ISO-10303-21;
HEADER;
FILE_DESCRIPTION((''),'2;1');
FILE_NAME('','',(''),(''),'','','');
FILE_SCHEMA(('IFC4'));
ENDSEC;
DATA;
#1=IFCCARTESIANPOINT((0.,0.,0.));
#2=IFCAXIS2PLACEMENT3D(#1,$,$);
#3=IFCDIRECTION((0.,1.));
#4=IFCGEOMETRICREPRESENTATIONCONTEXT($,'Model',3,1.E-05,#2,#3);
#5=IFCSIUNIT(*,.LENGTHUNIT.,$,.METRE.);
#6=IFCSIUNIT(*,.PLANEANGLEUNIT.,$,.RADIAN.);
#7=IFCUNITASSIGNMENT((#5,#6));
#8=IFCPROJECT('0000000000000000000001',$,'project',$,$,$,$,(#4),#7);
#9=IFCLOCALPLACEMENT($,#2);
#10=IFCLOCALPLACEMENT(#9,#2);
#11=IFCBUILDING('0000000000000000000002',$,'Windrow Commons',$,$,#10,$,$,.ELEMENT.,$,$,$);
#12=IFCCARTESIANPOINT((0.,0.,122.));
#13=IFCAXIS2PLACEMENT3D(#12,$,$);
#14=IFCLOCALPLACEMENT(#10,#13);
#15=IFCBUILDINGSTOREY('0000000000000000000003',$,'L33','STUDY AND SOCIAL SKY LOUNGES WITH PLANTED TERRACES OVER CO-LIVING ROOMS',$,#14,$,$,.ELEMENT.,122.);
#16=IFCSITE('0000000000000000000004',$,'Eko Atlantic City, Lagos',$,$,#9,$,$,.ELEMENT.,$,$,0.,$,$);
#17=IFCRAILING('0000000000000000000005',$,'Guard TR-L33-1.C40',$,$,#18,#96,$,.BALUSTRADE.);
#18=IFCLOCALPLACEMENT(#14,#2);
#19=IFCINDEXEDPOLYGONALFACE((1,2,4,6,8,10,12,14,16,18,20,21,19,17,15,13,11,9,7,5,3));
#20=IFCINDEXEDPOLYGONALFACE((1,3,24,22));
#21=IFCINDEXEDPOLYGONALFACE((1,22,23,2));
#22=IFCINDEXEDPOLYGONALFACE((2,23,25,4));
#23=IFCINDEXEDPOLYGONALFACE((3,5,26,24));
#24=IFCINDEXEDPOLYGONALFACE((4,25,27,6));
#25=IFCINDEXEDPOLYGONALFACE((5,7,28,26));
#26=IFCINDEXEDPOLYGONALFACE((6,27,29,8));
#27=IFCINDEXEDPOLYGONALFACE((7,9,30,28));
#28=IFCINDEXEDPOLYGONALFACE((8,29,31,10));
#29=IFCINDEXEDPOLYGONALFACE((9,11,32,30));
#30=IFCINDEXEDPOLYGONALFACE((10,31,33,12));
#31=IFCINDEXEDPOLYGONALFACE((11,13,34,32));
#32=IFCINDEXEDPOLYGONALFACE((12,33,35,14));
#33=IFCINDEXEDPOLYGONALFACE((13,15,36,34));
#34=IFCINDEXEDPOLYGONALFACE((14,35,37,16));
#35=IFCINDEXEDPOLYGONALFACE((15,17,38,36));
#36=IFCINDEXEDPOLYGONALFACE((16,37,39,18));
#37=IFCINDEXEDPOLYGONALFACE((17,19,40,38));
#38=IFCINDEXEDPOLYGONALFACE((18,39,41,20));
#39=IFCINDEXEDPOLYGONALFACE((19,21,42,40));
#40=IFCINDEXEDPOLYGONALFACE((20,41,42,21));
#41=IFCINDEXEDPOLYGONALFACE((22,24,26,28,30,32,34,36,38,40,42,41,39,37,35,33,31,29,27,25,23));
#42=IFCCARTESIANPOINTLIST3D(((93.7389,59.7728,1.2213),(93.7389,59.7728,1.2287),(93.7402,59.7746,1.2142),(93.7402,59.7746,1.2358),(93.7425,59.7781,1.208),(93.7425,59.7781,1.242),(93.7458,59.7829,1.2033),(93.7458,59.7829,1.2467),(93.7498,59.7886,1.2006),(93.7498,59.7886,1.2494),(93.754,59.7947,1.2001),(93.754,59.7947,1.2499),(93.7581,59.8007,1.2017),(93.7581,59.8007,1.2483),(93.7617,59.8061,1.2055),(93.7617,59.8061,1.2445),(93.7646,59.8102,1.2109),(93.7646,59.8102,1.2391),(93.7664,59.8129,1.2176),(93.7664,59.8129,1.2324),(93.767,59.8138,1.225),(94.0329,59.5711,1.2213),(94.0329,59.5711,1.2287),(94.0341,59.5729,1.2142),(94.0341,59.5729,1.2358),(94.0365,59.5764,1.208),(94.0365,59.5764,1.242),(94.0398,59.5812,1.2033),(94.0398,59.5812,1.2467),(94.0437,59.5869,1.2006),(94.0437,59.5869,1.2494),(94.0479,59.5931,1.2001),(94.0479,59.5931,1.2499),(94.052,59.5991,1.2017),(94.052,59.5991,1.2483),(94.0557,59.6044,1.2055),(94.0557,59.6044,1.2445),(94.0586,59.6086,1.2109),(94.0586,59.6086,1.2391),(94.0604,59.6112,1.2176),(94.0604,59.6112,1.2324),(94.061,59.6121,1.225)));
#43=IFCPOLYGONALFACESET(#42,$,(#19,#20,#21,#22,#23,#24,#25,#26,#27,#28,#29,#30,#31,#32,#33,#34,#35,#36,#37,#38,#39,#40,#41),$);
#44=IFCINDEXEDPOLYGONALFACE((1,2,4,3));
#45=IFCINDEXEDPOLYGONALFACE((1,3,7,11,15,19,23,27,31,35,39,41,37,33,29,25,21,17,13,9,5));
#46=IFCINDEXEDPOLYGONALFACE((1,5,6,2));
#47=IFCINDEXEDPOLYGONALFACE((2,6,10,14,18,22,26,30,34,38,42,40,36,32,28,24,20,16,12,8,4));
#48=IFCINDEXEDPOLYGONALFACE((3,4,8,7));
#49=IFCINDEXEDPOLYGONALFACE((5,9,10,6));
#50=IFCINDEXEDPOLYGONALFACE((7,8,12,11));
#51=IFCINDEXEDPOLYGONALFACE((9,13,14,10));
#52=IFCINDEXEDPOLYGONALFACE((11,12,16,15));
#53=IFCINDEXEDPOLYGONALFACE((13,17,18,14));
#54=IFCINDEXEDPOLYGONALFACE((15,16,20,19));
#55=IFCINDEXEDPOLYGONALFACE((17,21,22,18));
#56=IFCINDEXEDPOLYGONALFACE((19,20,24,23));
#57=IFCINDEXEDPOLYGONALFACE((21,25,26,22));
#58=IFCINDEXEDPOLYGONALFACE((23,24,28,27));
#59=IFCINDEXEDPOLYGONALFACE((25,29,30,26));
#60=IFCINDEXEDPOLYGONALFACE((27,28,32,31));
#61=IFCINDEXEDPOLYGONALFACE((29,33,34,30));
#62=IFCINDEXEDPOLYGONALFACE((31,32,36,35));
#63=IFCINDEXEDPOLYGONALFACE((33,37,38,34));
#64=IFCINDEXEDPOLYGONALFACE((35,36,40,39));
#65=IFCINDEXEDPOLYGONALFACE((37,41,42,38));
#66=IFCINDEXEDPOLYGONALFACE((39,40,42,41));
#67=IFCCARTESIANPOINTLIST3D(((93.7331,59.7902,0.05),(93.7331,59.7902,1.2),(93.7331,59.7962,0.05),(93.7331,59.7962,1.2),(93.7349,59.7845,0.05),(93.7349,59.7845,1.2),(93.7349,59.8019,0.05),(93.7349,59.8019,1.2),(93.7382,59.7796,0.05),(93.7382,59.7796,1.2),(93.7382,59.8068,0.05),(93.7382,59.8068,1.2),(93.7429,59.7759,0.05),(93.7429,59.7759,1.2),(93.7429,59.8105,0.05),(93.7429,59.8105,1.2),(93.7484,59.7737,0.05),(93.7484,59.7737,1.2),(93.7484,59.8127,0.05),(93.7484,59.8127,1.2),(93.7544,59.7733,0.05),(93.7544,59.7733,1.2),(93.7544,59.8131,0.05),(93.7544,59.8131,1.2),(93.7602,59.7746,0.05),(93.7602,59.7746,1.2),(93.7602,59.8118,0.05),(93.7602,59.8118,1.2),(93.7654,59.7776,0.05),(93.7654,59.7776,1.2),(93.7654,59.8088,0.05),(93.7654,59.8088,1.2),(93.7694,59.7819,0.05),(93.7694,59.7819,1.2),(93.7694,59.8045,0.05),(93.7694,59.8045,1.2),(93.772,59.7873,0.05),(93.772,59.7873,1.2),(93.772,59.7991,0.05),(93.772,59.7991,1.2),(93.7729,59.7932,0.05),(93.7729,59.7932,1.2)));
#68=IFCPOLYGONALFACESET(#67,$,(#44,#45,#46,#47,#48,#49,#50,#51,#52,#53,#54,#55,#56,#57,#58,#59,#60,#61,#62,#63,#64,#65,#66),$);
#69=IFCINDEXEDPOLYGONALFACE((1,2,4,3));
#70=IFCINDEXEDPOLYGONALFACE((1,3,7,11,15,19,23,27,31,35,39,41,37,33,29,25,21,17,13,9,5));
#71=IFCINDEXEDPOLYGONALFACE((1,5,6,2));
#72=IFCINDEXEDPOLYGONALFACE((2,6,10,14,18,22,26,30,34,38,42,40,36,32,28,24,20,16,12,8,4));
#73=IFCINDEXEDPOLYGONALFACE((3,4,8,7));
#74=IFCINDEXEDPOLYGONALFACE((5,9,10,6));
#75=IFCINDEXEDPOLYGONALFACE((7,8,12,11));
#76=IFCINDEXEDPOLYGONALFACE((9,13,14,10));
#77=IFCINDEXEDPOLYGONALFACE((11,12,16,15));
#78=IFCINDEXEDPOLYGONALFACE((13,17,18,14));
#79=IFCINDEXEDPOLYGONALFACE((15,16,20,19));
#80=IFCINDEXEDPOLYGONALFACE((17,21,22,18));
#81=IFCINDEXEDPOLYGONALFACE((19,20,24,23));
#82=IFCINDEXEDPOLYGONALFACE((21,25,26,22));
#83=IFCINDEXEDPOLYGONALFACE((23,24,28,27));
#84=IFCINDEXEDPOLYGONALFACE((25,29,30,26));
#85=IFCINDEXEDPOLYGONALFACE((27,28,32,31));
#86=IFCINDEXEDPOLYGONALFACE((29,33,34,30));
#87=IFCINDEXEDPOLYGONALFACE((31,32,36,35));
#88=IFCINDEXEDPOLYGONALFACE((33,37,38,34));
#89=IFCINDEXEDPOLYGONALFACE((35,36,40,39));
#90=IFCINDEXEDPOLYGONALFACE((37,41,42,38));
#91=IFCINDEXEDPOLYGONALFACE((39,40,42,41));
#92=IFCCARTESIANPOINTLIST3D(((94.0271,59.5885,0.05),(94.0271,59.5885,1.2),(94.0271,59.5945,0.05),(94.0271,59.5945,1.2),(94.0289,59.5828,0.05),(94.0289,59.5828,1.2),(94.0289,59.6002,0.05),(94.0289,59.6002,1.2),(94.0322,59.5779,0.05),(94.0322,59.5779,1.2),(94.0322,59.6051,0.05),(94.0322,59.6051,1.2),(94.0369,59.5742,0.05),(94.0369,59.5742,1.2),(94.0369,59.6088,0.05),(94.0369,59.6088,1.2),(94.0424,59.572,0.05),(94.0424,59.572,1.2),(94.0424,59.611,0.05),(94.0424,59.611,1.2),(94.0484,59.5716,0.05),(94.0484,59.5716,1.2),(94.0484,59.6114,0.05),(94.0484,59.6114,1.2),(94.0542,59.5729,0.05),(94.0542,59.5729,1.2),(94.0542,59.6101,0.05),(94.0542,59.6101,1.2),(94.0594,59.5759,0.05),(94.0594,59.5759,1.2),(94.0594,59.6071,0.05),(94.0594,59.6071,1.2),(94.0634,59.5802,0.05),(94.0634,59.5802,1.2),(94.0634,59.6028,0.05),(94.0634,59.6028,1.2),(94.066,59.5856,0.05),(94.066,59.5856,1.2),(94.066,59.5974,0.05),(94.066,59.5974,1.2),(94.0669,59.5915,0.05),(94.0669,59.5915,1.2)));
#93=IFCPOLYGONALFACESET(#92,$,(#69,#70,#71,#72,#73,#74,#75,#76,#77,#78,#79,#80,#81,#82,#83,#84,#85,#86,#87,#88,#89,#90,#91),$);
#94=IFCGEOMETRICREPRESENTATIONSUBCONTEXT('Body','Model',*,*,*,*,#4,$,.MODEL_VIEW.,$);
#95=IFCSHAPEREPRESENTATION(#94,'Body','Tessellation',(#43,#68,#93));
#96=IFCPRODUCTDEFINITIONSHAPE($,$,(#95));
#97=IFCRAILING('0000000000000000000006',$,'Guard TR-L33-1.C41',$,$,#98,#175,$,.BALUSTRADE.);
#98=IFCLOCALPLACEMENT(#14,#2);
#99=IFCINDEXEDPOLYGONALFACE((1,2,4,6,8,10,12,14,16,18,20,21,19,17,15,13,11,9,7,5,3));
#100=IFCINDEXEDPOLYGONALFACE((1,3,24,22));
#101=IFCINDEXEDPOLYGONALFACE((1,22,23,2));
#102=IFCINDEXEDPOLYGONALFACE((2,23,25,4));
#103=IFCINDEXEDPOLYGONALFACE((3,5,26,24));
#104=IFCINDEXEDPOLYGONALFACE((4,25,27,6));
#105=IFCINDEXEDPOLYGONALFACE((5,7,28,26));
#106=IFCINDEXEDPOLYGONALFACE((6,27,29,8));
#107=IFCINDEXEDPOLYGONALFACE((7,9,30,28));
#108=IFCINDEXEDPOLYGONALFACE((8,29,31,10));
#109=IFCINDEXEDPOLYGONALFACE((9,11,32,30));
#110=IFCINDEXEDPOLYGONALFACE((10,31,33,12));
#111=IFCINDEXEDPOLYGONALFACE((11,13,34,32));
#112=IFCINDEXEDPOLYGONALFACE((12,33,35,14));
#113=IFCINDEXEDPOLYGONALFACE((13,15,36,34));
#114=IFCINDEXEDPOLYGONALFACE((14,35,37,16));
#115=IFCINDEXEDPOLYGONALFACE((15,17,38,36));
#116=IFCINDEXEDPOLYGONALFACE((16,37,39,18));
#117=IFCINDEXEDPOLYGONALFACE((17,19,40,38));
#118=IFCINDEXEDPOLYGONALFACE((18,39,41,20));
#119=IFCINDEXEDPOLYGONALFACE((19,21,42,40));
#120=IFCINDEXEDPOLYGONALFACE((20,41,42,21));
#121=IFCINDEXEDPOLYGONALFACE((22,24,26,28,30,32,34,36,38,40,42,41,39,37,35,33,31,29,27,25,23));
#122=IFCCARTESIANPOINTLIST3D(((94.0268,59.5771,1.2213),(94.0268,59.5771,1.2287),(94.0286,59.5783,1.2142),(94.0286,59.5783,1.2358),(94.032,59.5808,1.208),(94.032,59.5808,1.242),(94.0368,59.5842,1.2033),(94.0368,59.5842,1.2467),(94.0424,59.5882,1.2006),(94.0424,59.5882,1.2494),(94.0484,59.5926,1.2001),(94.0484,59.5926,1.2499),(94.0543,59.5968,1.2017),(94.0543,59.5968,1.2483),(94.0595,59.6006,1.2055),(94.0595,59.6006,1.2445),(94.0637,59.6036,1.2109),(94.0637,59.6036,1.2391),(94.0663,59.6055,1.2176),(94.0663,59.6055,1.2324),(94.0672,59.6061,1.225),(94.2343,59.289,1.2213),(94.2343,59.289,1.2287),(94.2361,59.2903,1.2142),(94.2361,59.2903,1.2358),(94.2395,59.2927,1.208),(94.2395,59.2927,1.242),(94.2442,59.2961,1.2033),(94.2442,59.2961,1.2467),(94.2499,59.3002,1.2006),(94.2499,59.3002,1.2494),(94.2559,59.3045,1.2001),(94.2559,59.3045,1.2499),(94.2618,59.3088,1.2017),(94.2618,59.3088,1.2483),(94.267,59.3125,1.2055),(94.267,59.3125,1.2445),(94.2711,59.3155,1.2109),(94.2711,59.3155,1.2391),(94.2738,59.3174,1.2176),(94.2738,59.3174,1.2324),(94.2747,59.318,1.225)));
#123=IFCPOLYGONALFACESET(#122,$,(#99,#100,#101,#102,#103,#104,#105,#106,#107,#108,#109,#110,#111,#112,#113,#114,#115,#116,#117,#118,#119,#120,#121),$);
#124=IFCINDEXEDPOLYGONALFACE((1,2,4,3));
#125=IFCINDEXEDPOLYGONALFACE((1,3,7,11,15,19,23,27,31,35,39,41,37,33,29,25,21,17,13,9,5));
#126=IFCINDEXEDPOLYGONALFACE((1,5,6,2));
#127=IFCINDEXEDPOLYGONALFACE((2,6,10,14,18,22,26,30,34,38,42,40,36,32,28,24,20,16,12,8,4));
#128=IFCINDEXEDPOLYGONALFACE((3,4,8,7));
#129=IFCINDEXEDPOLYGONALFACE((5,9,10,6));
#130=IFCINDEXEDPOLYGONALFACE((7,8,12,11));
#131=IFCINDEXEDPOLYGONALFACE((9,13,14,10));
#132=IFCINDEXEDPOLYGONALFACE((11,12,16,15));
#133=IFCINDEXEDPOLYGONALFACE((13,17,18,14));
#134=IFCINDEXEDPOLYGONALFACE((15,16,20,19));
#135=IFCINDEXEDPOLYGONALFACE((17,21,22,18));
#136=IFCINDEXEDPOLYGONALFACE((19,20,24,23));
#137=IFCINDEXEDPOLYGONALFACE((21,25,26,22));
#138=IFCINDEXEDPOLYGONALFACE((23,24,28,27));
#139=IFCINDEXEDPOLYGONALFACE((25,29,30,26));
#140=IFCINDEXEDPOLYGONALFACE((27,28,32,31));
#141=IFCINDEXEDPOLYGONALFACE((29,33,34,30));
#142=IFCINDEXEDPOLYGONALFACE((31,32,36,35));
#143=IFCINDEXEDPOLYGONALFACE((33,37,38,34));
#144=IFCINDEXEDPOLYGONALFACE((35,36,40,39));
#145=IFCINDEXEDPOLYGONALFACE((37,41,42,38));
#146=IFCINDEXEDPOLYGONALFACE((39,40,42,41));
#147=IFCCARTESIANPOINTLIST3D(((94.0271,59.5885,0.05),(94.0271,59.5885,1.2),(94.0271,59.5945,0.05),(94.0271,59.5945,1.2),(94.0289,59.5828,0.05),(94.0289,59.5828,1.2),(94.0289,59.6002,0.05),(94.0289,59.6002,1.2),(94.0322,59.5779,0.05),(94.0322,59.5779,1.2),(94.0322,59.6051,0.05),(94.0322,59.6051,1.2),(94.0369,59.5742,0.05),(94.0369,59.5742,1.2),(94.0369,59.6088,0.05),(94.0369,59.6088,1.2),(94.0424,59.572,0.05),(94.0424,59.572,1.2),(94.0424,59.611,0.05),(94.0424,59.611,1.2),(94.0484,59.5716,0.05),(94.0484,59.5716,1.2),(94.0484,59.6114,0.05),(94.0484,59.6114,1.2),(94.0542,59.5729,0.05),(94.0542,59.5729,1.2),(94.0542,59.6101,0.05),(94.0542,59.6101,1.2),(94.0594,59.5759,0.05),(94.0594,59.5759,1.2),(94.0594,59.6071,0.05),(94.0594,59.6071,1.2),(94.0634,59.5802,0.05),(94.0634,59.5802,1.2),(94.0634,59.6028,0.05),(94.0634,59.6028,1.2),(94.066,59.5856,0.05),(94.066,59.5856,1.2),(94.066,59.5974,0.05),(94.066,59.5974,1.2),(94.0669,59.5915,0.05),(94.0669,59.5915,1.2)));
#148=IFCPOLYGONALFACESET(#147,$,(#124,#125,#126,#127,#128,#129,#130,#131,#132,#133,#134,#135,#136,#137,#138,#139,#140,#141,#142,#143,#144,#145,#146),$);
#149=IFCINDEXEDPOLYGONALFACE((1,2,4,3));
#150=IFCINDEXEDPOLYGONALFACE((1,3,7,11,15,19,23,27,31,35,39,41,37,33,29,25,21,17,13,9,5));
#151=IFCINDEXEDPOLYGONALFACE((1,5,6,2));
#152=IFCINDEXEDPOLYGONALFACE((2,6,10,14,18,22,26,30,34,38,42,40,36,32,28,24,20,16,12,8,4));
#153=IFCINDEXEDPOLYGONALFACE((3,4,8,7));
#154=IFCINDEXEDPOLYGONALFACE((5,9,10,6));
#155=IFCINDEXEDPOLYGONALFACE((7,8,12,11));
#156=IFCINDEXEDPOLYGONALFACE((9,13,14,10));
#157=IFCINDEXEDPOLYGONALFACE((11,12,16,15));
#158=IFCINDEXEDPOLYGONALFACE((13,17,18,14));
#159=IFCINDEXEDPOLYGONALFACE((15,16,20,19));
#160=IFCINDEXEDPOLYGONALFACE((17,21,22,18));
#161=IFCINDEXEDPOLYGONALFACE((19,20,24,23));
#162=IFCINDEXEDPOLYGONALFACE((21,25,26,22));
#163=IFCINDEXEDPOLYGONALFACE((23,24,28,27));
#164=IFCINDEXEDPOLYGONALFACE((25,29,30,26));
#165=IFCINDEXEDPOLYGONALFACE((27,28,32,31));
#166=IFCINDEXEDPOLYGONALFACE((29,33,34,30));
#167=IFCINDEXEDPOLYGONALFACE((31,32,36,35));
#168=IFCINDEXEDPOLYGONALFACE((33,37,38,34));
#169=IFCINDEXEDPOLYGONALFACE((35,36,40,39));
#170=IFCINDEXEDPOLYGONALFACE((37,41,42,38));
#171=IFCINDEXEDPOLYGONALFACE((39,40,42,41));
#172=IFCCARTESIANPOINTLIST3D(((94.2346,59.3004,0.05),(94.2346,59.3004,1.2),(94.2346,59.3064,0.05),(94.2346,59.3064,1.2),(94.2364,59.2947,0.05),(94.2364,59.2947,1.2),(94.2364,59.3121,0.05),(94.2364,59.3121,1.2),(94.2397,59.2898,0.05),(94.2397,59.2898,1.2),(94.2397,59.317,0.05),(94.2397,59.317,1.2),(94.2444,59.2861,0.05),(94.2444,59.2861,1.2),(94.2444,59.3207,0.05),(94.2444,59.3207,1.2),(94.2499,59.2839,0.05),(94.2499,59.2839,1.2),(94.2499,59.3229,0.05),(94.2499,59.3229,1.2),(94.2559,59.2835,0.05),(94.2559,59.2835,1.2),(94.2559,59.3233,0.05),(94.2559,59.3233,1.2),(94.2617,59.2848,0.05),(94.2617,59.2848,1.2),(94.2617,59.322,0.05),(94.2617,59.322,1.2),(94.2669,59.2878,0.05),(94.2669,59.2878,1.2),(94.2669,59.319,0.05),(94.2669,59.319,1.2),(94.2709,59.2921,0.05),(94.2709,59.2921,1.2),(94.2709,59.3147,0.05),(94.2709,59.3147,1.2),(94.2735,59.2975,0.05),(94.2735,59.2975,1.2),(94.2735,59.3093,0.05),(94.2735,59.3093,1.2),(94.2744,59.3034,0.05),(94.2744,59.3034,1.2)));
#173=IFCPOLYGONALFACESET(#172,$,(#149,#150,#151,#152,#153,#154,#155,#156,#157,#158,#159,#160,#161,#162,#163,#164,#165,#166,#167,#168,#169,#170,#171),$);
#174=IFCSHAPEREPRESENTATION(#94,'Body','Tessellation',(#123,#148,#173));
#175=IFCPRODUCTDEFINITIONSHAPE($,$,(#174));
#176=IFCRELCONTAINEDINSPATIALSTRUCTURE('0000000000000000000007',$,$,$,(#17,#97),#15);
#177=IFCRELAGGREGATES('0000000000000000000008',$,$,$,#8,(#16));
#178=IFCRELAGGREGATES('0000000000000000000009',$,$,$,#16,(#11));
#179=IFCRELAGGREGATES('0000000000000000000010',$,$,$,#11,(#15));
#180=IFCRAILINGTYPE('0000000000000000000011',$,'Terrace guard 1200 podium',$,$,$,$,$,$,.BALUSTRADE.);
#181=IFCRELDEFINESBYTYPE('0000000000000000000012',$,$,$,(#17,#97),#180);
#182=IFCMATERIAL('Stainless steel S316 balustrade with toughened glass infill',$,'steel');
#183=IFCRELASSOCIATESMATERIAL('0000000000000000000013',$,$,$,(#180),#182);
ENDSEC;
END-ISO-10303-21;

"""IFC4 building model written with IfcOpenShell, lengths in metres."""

from ifc_helpers import new_model, si_unit, direction, frame, origin, origin_2d, place, context, subcontext, project, spatial, circle, extrude, material, type_object, element, save


model = new_model("IFC4")

# Units and contexts
model_context = context("Model", 3, precision=1e-05, world=origin(), true_north=direction((0.0, 1.0)))
body_context = subcontext(model_context, "Body", "Model", "MODEL_VIEW")
ifc_project = project(units=[si_unit("LENGTHUNIT", "METRE"), si_unit("PLANEANGLEUNIT", "RADIAN")], contexts=[model_context])

# Site, building, storey
site_placement = place(None, origin())
site = spatial("IfcSite", under=ifc_project, at=site_placement, Name="Eko Atlantic City, Lagos", CompositionType="ELEMENT", RefElevation=0.0)
building_placement = place(site_placement, origin())
building = spatial("IfcBuilding", under=site, at=building_placement, Name="Windrow Commons", CompositionType="ELEMENT")
storey_placement = place(building_placement, frame((0.0, 0.0, 122.0)))
storey = spatial("IfcBuildingStorey", under=building, at=storey_placement, Name="L33", Description="STUDY AND SOCIAL SKY LOUNGES WITH PLANTED TERRACES OVER CO-LIVING ROOMS", CompositionType="ELEMENT", Elevation=122.0)

# Railings
ifc_material_1 = material(Name="Stainless steel S316 balustrade with toughened glass infill", Category="steel")
railing_type_1 = type_object("IfcRailingType", Name="Terrace guard 1200 podium", PredefinedType="BALUSTRADE", material=ifc_material_1)
railing_1_placement = place(storey_placement, frame((93.7529, 59.7932, 0.05)))
element("IfcRailing", 1, at=railing_1_placement, inside=storey, type_object=railing_type_1, Name="Guard TR-L33-1.C40", PredefinedType="BALUSTRADE", context=body_context, shape_type="SweptSolid", body=[
    extrude(circle(Radius=0.025, at=origin_2d()), frame((0.0, 0.0, 1.175), z_axis=(0.824598, -0.565719, 0.0), x_axis=(0.565719, 0.824598, 0.0)), (0.0, 0.0, 1.0), 0.3565),
    extrude(circle(Radius=0.02, at=origin_2d()), origin(), (0.0, 0.0, 1.0), 1.15),
    extrude(circle(Radius=0.02, at=origin_2d()), frame((0.294, -0.2017, 0.0)), (0.0, 0.0, 1.0), 1.15),
])
railing_2_placement = place(storey_placement, frame((94.0469, 59.5915, 0.05)))
element("IfcRailing", 2, at=railing_2_placement, inside=storey, type_object=railing_type_1, Name="Guard TR-L33-1.C41", PredefinedType="BALUSTRADE", context=body_context, shape_type="SweptSolid", body=[
    extrude(circle(Radius=0.025, at=origin_2d()), frame((0.0, 0.0, 1.175), z_axis=(0.584431, -0.811444, 0.0), x_axis=(0.811444, 0.584431, 0.0)), (0.0, 0.0, 1.0), 0.355),
    extrude(circle(Radius=0.02, at=origin_2d()), origin(), (0.0, 0.0, 1.0), 1.15),
    extrude(circle(Radius=0.02, at=origin_2d()), frame((0.2075, -0.2881, 0.0)), (0.0, 0.0, 1.0), 1.15),
])

save(model, "model.ifc")
